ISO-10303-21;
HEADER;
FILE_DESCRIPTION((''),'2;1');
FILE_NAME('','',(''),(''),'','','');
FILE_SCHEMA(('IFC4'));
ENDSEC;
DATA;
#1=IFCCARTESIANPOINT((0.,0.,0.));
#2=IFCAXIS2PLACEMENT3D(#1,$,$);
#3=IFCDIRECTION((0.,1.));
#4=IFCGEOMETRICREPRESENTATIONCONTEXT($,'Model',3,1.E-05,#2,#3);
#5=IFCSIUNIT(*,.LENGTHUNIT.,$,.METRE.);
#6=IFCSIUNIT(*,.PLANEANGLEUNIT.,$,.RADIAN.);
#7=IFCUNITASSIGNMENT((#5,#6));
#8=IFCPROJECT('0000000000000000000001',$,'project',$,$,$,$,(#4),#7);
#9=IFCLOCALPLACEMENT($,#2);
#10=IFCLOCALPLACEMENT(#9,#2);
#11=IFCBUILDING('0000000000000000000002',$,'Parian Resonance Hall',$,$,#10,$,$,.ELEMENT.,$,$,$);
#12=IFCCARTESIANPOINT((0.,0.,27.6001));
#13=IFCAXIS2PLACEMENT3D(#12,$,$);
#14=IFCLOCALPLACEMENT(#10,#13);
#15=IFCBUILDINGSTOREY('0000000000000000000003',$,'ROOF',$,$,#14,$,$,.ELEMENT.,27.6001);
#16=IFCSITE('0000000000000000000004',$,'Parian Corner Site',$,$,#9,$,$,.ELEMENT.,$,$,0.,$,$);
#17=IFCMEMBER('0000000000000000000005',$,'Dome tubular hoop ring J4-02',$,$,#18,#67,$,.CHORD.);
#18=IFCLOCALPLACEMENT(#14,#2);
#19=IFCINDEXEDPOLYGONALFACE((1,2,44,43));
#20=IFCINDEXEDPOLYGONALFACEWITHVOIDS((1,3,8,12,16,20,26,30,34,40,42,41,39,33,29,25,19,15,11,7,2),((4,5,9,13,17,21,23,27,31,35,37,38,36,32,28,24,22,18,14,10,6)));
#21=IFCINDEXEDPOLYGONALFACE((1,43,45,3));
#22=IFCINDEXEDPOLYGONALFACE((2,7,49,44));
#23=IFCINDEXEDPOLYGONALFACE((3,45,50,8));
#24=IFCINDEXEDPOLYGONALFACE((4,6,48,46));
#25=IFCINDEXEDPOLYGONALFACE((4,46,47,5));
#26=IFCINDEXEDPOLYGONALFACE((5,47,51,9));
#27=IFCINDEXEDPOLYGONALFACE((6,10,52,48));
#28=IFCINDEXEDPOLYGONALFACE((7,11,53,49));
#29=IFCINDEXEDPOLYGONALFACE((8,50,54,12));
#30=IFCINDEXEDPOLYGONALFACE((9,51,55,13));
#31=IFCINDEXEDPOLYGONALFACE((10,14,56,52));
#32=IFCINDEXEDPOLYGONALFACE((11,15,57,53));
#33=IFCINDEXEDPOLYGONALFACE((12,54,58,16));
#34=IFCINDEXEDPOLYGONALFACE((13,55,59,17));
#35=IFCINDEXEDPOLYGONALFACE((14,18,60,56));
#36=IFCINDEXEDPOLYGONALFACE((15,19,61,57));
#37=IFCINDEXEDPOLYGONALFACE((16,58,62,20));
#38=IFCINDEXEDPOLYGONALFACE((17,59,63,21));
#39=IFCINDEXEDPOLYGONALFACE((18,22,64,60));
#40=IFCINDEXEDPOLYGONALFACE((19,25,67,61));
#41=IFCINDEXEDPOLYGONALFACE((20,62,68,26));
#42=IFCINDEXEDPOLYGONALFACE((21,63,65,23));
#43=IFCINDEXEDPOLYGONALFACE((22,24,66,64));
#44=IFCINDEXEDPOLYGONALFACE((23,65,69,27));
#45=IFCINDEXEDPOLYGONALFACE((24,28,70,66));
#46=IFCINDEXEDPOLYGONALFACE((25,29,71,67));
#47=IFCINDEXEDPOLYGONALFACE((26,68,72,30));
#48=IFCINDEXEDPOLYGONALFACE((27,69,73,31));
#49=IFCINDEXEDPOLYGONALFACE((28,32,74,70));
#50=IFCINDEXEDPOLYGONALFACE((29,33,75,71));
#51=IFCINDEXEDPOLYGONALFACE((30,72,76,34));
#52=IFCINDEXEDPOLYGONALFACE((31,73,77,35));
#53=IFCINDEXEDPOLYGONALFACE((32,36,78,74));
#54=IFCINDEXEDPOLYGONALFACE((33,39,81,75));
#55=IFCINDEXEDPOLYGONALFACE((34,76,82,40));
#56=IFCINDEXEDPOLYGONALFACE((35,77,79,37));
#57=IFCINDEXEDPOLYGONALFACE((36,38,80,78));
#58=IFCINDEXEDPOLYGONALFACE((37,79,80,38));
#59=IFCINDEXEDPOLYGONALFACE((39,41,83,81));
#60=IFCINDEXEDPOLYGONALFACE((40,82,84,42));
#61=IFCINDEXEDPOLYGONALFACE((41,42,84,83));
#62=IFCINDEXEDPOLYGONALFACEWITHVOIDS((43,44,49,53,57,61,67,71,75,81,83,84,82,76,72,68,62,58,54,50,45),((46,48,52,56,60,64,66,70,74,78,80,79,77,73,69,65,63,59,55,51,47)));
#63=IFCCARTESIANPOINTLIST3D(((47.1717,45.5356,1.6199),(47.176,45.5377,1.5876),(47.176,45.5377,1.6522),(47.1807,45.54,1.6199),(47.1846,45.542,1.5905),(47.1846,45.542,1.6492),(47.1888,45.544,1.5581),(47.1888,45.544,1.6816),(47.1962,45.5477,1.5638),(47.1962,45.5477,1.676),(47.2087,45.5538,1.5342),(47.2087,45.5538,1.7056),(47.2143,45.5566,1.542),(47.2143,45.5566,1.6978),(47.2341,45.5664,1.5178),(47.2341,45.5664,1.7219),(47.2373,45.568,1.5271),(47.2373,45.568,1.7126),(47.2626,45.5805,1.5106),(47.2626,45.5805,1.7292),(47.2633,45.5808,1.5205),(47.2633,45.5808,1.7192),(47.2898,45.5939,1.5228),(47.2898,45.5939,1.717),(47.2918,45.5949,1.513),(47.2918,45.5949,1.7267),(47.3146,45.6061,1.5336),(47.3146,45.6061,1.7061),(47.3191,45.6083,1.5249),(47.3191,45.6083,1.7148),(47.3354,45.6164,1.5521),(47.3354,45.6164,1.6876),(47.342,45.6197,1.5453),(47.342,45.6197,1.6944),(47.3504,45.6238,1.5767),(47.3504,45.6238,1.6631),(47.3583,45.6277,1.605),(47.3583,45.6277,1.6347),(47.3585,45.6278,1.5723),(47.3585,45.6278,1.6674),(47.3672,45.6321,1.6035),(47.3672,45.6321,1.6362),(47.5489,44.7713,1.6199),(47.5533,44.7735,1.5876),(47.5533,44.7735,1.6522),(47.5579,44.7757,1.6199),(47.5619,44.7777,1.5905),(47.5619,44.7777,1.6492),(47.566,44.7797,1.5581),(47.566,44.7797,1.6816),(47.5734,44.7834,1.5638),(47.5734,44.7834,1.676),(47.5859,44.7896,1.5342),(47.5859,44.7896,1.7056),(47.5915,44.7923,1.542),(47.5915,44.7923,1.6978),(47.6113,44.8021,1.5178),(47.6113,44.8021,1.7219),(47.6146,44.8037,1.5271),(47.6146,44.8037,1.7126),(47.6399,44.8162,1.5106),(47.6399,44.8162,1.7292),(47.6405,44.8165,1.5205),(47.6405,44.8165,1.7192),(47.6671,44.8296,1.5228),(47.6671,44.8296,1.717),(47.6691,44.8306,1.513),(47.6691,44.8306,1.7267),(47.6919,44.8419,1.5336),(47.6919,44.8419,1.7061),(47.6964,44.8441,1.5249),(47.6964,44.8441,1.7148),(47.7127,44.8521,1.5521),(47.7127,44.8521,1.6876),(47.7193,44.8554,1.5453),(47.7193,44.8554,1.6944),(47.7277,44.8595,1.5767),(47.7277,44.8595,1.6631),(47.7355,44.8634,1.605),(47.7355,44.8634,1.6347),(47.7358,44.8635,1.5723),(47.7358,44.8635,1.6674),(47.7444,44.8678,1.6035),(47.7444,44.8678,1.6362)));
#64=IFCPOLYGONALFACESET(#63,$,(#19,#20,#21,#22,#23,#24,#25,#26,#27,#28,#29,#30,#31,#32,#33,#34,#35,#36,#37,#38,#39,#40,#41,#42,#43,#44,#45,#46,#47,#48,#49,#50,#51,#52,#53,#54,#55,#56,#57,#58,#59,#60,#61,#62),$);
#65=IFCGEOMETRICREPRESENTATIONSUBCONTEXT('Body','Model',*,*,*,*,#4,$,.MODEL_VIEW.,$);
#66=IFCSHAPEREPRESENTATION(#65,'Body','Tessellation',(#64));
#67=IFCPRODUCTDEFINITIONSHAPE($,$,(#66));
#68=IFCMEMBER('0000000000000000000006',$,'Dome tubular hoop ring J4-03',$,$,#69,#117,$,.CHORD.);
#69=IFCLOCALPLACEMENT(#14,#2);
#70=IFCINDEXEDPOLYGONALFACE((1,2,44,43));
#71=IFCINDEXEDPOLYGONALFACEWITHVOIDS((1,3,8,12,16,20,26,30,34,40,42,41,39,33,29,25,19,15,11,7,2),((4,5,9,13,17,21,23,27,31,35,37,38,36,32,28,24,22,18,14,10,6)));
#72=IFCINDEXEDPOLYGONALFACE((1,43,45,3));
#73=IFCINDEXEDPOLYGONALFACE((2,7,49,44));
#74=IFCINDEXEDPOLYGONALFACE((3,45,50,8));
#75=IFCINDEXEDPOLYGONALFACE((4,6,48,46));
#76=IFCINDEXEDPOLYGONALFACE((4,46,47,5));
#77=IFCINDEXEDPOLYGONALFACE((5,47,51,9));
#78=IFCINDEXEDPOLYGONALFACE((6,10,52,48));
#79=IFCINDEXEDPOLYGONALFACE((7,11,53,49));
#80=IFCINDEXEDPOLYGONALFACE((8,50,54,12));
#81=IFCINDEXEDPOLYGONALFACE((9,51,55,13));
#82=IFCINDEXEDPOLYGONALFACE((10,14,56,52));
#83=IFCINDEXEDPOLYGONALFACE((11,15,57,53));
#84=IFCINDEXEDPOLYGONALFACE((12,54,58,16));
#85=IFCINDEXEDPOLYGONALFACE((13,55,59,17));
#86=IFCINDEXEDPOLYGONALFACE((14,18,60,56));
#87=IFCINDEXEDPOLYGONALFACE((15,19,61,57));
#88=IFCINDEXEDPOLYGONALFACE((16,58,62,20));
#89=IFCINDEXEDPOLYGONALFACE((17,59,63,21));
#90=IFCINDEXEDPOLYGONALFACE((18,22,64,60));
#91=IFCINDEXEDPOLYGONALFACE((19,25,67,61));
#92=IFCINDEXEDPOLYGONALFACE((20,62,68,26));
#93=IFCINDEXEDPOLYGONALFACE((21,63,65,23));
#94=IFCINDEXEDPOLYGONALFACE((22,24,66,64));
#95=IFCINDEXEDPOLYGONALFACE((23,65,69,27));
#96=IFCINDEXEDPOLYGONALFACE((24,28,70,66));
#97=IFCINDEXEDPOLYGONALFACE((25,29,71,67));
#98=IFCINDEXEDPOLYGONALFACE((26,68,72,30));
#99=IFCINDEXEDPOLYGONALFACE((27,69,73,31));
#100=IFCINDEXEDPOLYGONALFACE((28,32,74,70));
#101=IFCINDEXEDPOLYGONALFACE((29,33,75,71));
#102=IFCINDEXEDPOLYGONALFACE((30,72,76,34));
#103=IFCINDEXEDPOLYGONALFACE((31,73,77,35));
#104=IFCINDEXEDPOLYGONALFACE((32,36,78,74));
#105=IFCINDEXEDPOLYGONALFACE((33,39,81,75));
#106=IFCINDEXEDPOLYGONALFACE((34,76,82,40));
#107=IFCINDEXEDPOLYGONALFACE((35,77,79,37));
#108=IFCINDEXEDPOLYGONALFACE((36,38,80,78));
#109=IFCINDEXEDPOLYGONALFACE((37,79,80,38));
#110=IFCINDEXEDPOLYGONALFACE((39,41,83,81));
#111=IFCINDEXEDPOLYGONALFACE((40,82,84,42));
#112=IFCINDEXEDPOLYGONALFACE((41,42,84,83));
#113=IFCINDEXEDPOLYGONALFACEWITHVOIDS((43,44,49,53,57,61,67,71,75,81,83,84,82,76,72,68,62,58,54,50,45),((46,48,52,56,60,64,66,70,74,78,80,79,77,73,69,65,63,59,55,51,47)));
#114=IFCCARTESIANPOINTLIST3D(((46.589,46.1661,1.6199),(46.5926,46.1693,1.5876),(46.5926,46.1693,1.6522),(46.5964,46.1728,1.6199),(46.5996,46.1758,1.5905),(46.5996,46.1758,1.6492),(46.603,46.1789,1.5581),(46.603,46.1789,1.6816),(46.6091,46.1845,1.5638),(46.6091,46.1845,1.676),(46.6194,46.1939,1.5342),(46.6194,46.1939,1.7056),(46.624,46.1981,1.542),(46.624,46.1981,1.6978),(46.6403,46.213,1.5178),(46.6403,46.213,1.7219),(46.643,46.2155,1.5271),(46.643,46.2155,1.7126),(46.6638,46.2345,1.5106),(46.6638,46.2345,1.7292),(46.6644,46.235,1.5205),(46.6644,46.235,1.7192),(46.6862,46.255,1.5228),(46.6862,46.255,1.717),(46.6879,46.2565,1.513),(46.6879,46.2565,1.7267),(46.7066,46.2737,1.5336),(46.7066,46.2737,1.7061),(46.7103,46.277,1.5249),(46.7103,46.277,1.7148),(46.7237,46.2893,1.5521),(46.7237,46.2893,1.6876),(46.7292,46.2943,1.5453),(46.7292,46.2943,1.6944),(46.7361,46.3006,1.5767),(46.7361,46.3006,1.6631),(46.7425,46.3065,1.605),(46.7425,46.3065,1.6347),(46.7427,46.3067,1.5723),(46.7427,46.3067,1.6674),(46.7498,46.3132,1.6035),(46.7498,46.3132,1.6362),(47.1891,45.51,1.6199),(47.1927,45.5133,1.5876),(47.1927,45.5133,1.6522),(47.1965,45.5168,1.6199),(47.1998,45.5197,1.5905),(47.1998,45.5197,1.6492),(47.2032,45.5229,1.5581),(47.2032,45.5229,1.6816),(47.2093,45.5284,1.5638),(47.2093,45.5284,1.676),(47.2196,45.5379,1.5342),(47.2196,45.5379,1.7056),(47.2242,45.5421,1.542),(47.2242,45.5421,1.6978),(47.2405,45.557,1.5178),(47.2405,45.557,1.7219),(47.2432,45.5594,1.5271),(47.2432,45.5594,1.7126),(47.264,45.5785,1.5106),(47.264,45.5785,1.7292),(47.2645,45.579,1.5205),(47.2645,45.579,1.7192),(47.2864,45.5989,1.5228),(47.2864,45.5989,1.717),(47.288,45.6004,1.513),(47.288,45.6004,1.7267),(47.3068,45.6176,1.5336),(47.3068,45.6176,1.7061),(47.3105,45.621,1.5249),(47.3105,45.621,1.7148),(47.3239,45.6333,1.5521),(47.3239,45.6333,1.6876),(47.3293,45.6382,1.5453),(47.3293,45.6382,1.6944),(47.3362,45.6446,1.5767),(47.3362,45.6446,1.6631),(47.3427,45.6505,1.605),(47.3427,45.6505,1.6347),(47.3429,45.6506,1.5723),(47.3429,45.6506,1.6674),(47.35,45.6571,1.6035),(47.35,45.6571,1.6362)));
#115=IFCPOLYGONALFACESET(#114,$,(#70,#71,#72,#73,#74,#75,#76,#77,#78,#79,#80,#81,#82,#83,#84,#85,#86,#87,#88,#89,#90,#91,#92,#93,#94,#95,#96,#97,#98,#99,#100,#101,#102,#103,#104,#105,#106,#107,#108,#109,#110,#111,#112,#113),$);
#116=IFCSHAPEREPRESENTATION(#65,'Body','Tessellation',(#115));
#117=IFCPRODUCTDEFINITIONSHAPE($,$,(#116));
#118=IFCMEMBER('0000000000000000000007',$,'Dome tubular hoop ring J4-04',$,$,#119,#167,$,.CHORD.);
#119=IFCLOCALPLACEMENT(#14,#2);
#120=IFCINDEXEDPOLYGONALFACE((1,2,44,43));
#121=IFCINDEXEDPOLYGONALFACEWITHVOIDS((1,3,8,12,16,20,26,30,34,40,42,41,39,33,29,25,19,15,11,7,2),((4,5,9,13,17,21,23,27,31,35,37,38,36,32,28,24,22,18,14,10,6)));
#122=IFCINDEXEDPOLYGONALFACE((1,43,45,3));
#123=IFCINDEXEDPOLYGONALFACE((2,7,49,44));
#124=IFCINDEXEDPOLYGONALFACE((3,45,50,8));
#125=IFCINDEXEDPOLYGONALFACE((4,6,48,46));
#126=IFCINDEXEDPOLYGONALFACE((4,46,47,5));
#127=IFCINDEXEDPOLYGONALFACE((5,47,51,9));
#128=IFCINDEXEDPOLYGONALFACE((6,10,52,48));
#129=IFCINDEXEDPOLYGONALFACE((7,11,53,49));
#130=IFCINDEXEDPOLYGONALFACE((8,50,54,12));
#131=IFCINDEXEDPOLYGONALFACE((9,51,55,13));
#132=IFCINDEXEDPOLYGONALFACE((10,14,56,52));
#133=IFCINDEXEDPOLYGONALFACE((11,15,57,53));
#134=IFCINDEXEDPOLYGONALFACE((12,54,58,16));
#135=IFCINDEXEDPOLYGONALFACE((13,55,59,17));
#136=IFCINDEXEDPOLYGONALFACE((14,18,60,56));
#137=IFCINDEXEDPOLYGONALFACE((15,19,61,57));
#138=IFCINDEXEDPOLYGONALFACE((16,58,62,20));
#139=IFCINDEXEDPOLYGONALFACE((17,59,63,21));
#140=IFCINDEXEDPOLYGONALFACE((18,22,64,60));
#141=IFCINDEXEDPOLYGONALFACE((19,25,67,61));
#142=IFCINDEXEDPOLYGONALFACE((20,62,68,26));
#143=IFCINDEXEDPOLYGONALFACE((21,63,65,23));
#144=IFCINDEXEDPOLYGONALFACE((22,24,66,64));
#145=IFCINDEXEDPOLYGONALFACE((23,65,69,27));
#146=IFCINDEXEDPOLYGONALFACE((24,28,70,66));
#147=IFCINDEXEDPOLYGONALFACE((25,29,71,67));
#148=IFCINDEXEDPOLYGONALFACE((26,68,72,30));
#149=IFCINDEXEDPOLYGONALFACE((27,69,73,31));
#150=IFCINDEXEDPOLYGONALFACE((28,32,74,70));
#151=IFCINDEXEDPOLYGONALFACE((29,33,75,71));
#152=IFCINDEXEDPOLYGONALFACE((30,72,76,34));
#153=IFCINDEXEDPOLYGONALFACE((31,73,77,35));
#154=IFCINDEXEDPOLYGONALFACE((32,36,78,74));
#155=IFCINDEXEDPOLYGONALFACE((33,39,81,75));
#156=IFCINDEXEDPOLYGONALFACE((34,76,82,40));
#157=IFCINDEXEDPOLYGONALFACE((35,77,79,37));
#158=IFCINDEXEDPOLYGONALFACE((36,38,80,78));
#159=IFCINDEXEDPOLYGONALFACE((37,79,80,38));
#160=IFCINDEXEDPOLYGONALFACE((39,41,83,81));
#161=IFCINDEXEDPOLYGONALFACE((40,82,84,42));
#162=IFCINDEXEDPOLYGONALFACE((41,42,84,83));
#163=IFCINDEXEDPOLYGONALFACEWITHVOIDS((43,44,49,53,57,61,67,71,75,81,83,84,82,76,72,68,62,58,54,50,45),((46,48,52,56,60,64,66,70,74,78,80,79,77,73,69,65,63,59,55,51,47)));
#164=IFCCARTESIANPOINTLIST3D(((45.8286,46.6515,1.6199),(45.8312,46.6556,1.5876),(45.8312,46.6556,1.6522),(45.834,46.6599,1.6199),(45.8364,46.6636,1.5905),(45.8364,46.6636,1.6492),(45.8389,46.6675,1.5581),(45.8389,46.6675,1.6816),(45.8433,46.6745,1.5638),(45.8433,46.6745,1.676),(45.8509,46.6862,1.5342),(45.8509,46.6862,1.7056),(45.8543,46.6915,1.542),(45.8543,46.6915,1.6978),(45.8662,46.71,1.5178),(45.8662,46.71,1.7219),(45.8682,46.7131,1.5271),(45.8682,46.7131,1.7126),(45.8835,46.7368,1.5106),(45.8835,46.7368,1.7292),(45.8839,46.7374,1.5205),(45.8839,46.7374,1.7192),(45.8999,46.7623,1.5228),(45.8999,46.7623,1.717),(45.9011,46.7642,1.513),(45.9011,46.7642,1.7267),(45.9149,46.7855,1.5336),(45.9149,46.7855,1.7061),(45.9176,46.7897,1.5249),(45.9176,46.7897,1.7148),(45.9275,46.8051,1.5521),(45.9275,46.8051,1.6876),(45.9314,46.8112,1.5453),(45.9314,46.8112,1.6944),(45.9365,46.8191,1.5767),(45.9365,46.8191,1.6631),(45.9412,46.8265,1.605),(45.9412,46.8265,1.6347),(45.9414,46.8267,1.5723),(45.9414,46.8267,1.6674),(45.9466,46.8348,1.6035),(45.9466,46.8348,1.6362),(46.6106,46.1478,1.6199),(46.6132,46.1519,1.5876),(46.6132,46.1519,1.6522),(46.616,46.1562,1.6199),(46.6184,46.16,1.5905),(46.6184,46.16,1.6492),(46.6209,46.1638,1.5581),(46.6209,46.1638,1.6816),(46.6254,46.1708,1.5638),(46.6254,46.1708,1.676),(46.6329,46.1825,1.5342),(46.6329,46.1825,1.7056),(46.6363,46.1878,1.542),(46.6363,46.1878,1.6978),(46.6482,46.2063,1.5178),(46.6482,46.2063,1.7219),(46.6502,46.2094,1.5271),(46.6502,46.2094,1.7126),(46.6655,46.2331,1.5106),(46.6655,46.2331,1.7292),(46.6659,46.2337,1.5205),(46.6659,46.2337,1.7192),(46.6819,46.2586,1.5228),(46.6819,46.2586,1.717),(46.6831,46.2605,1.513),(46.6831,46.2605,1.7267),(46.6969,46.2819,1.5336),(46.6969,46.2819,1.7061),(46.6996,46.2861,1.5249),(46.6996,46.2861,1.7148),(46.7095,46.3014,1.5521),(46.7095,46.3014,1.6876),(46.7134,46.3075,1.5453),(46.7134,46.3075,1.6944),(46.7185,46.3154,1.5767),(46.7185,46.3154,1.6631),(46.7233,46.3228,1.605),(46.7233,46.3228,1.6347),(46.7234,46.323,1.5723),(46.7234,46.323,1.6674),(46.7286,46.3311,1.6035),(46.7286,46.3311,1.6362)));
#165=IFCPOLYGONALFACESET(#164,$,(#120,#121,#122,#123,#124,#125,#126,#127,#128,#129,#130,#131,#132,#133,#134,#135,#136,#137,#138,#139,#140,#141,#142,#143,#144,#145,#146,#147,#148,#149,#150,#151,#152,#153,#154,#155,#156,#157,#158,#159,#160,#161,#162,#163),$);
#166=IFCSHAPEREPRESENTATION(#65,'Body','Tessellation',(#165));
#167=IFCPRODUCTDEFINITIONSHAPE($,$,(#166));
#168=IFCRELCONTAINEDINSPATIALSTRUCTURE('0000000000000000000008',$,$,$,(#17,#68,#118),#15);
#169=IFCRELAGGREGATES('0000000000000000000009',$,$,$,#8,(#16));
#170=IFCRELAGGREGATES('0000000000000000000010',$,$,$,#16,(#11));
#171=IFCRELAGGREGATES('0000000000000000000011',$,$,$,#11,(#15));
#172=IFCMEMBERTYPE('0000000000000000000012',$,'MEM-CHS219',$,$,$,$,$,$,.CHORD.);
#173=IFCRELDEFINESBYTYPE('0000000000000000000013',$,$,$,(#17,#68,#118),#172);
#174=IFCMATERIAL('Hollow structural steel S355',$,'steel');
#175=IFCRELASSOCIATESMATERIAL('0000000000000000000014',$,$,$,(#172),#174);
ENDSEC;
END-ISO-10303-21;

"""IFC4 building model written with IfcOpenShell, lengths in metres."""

from ifc_helpers import new_model, si_unit, direction, frame, origin, origin_2d, place, context, subcontext, project, spatial, hollow_circle, extrude, material, material_profile, profile_set, type_object, element, save


model = new_model("IFC4")

# Units and contexts
model_context = context("Model", 3, precision=1e-05, world=origin(), true_north=direction((0.0, 1.0)))
body_context = subcontext(model_context, "Body", "Model", "MODEL_VIEW")
ifc_project = project(units=[si_unit("LENGTHUNIT", "METRE"), si_unit("PLANEANGLEUNIT", "RADIAN")], contexts=[model_context])

# Site, building, storey
site_placement = place(None, origin())
site = spatial("IfcSite", under=ifc_project, at=site_placement, Name="Parian Corner Site", CompositionType="ELEMENT", RefElevation=0.0)
building_placement = place(site_placement, origin())
building = spatial("IfcBuilding", under=site, at=building_placement, Name="Parian Resonance Hall", CompositionType="ELEMENT")
storey_placement = place(building_placement, frame((0.0, 0.0, 27.6001)))
storey = spatial("IfcBuildingStorey", under=building, at=storey_placement, Name="ROOF", CompositionType="ELEMENT", Elevation=27.6001)

# Members
ifc_material_1 = material(Name="Hollow structural steel S355", Category="steel")
ifc_material_profile_1 = material_profile(ifc_material_1, hollow_circle(Radius=0.1096, WallThickness=0.01, at=origin_2d()), Name="CHS219.1x10")
ifc_profile_set_1 = profile_set([ifc_material_profile_1], Name="Hollow structural steel S355")
member_type_1 = type_object("IfcMemberType", Name="MEM-CHS219", PredefinedType="CHORD", material=ifc_profile_set_1)
member_1_placement = place(storey_placement, frame((47.6472, 44.8198, 1.6199), z_axis=(-0.442624, 0.896707, 0.0), x_axis=(-0.896707, -0.442624, 0.0)))
element("IfcMember", 1, at=member_1_placement, inside=storey, type_object=member_type_1, Name="Dome tubular hoop ring J4-02", PredefinedType="CHORD", context=body_context, shape_type="SweptSolid", body=[
    extrude(hollow_circle(Radius=0.1096, WallThickness=0.01, at=origin_2d()), origin(), (0.0, 0.0, 1.0), 0.8523),
])
member_2_placement = place(storey_placement, frame((47.27, 45.584, 1.6199), z_axis=(-0.674966, 0.737849, 0.0), x_axis=(-0.737849, -0.674966, 0.0)))
element("IfcMember", 2, at=member_2_placement, inside=storey, type_object=member_type_1, Name="Dome tubular hoop ring J4-03", PredefinedType="CHORD", context=body_context, shape_type="SweptSolid", body=[
    extrude(hollow_circle(Radius=0.1096, WallThickness=0.01, at=origin_2d()), origin(), (0.0, 0.0, 1.0), 0.8892),
])
member_3_placement = place(storey_placement, frame((46.6699, 46.24, 1.6199), z_axis=(-0.840709, 0.541487, 0.0), x_axis=(-0.541487, -0.840709, 0.0)))
element("IfcMember", 3, at=member_3_placement, inside=storey, type_object=member_type_1, Name="Dome tubular hoop ring J4-04", PredefinedType="CHORD", context=body_context, shape_type="SweptSolid", body=[
    extrude(hollow_circle(Radius=0.1096, WallThickness=0.01, at=origin_2d()), origin(), (0.0, 0.0, 1.0), 0.9302),
])

save(model, "model.ifc")
